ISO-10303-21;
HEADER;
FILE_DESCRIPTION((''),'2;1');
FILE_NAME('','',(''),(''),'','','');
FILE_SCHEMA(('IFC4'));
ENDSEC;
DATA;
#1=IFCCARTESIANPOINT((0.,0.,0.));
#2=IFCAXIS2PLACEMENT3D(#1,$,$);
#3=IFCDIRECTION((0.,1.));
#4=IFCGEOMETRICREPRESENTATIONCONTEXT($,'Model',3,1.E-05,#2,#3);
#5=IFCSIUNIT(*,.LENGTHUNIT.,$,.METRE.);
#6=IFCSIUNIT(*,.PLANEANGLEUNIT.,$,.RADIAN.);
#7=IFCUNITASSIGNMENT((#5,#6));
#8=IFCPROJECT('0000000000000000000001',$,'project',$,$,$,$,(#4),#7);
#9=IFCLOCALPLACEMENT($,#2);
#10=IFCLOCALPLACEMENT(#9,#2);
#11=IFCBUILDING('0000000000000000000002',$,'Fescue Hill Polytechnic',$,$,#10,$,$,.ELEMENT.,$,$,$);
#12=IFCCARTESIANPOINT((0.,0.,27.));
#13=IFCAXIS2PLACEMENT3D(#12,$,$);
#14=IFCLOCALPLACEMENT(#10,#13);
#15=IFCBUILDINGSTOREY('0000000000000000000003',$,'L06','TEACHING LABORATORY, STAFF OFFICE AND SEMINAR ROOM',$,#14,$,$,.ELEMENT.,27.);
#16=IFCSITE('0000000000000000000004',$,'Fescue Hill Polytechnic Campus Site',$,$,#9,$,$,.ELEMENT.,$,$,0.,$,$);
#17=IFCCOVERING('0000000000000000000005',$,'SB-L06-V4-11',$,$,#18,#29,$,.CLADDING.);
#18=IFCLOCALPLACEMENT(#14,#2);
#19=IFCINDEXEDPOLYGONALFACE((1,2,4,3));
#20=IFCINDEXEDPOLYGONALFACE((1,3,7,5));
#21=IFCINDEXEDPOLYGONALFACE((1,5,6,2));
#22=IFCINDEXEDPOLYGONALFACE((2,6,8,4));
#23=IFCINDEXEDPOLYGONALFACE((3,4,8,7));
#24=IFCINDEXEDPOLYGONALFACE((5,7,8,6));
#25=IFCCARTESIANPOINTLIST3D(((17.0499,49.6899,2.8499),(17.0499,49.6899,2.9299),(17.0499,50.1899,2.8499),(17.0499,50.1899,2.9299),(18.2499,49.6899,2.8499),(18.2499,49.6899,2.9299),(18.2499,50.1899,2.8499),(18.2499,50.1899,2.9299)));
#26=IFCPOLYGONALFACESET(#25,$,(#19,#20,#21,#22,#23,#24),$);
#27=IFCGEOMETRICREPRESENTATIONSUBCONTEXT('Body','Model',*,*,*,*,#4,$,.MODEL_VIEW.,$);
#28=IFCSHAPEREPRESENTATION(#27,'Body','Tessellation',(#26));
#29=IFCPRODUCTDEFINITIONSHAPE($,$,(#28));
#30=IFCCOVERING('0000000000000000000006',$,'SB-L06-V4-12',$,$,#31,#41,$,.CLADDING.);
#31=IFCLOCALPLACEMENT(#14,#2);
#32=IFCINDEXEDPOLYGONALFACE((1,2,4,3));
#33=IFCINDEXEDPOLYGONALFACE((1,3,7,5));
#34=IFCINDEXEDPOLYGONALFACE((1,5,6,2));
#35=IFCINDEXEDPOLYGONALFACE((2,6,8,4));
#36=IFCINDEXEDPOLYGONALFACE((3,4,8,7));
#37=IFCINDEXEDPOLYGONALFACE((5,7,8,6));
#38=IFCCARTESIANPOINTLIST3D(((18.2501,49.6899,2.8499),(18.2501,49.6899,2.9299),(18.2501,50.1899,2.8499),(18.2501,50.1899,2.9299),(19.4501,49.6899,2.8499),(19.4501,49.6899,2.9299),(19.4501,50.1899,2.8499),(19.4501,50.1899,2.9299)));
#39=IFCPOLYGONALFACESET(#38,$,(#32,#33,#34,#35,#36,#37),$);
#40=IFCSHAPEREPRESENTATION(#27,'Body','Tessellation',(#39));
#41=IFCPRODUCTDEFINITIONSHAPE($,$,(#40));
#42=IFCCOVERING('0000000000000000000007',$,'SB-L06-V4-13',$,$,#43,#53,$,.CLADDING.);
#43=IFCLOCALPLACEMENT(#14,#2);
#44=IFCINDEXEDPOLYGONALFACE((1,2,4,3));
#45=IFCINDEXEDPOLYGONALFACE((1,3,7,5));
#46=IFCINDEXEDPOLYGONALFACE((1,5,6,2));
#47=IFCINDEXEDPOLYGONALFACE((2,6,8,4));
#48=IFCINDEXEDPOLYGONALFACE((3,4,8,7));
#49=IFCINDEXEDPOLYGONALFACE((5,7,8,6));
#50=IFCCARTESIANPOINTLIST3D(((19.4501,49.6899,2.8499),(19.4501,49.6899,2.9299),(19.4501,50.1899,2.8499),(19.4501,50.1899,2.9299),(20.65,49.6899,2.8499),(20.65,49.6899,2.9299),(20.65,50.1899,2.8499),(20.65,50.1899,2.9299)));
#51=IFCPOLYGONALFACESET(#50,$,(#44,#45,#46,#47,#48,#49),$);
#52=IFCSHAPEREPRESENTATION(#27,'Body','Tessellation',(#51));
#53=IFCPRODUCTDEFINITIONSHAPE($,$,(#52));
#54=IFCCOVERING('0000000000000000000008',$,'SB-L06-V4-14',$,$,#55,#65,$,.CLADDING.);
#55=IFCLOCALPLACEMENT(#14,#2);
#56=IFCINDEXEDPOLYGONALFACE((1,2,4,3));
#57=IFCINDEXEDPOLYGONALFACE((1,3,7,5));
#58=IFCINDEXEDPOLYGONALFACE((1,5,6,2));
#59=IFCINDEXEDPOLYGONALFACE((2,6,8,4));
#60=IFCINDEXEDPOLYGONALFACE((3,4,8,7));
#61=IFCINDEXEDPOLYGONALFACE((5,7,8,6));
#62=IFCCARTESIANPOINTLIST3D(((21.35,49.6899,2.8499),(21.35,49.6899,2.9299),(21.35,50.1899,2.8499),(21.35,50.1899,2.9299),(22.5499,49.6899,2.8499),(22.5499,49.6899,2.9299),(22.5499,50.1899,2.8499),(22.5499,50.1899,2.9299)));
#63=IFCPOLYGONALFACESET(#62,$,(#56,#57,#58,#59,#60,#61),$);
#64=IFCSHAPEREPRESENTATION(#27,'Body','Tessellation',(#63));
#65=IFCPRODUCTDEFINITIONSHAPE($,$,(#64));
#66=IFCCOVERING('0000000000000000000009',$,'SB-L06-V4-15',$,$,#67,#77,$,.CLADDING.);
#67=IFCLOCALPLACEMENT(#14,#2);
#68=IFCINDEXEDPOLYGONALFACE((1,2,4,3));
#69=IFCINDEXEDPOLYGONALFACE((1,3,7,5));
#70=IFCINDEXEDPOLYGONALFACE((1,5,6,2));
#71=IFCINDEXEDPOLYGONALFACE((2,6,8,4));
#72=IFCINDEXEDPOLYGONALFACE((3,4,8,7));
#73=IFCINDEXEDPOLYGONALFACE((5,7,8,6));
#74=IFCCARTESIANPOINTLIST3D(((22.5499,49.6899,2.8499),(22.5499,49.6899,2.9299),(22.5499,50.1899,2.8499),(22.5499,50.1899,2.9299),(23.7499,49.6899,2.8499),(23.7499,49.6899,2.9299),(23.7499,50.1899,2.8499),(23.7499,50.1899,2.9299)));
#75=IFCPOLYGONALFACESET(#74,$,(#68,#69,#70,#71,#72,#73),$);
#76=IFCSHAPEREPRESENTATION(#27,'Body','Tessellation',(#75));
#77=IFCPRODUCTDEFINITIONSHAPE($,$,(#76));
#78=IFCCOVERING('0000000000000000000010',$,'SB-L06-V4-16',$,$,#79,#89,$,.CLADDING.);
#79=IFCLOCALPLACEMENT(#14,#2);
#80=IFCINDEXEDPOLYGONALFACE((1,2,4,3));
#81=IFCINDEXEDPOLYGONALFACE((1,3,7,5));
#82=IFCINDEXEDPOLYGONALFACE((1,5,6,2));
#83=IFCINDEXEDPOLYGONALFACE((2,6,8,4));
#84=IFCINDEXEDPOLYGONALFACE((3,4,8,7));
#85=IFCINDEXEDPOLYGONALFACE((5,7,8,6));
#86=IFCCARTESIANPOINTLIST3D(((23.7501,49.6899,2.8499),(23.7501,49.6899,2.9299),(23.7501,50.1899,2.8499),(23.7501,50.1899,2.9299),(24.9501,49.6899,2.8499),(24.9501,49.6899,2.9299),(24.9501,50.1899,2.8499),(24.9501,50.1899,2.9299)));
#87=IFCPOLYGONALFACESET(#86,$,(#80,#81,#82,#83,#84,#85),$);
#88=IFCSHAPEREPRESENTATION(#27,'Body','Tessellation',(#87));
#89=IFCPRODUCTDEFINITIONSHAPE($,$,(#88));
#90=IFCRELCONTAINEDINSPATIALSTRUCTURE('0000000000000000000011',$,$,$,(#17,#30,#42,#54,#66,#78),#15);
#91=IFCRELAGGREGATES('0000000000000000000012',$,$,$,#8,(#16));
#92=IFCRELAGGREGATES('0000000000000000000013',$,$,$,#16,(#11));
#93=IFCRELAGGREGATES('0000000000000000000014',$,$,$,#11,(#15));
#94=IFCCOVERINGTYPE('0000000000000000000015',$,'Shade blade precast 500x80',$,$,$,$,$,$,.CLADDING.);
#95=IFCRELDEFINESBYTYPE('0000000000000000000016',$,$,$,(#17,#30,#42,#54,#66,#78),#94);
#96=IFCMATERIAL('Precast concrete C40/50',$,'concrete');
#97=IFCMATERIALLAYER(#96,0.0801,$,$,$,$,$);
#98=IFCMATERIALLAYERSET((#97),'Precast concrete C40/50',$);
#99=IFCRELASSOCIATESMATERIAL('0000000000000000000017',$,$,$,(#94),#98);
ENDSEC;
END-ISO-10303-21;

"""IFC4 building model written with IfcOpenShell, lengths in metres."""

from ifc_helpers import new_model, si_unit, direction, frame, origin, origin_2d, place, context, subcontext, project, spatial, rectangle, extrude, material, layer, layer_set, type_object, element, save


model = new_model("IFC4")

# Units and contexts
model_context = context("Model", 3, precision=1e-05, world=origin(), true_north=direction((0.0, 1.0)))
body_context = subcontext(model_context, "Body", "Model", "MODEL_VIEW")
ifc_project = project(units=[si_unit("LENGTHUNIT", "METRE"), si_unit("PLANEANGLEUNIT", "RADIAN")], contexts=[model_context])

# Site, building, storey
site_placement = place(None, origin())
site = spatial("IfcSite", under=ifc_project, at=site_placement, Name="Fescue Hill Polytechnic Campus Site", CompositionType="ELEMENT", RefElevation=0.0)
building_placement = place(site_placement, origin())
building = spatial("IfcBuilding", under=site, at=building_placement, Name="Fescue Hill Polytechnic", CompositionType="ELEMENT")
storey_placement = place(building_placement, frame((0.0, 0.0, 27.0)))
storey = spatial("IfcBuildingStorey", under=building, at=storey_placement, Name="L06", Description="TEACHING LABORATORY, STAFF OFFICE AND SEMINAR ROOM", CompositionType="ELEMENT", Elevation=27.0)

# Coverings
ifc_material_1 = material(Name="Precast concrete C40/50", Category="concrete")
ifc_layer_1 = layer(ifc_material_1, 0.0801)
ifc_layer_set_1 = layer_set([ifc_layer_1], Name="Precast concrete C40/50")
covering_type = type_object("IfcCoveringType", Name="Shade blade precast 500x80", PredefinedType="CLADDING", material=ifc_layer_set_1)
for number, where, z_axis, x_axis, name in (
    (1, (17.6499, 49.9399, 2.8499), (0.0, 0.0, 1.0), (1.0, 0.0, 0.0), "SB-L06-V4-11"),
    (2, (18.8501, 49.9399, 2.8499), (0.0, 0.0, 1.0), (1.0, 0.0, 0.0), "SB-L06-V4-12"),
    (3, (20.05, 49.9399, 2.8499), (0.0, 0.0, 1.0), (1.0, 0.0, 0.0), "SB-L06-V4-13"),
    (4, (21.95, 49.9399, 2.8499), (0.0, 0.0, 1.0), (1.0, 0.0, 0.0), "SB-L06-V4-14"),
    (5, (23.1499, 49.9399, 2.8499), (0.0, 0.0, 1.0), (1.0, 0.0, 0.0), "SB-L06-V4-15"),
    (6, (24.3501, 49.9399, 2.8499), (0.0, 0.0, 1.0), (1.0, 0.0, 0.0), "SB-L06-V4-16"),
):
    element("IfcCovering", number, at=place(storey_placement, frame(where, z_axis=z_axis, x_axis=x_axis)), inside=storey, type_object=covering_type, Name=name, PredefinedType="CLADDING", context=body_context, shape_type="SweptSolid", body=[
        extrude(rectangle(XDim=1.2, YDim=0.5, at=origin_2d()), origin(), (0.0, 0.0, 1.0), 0.0801),
    ])

save(model, "model.ifc")
